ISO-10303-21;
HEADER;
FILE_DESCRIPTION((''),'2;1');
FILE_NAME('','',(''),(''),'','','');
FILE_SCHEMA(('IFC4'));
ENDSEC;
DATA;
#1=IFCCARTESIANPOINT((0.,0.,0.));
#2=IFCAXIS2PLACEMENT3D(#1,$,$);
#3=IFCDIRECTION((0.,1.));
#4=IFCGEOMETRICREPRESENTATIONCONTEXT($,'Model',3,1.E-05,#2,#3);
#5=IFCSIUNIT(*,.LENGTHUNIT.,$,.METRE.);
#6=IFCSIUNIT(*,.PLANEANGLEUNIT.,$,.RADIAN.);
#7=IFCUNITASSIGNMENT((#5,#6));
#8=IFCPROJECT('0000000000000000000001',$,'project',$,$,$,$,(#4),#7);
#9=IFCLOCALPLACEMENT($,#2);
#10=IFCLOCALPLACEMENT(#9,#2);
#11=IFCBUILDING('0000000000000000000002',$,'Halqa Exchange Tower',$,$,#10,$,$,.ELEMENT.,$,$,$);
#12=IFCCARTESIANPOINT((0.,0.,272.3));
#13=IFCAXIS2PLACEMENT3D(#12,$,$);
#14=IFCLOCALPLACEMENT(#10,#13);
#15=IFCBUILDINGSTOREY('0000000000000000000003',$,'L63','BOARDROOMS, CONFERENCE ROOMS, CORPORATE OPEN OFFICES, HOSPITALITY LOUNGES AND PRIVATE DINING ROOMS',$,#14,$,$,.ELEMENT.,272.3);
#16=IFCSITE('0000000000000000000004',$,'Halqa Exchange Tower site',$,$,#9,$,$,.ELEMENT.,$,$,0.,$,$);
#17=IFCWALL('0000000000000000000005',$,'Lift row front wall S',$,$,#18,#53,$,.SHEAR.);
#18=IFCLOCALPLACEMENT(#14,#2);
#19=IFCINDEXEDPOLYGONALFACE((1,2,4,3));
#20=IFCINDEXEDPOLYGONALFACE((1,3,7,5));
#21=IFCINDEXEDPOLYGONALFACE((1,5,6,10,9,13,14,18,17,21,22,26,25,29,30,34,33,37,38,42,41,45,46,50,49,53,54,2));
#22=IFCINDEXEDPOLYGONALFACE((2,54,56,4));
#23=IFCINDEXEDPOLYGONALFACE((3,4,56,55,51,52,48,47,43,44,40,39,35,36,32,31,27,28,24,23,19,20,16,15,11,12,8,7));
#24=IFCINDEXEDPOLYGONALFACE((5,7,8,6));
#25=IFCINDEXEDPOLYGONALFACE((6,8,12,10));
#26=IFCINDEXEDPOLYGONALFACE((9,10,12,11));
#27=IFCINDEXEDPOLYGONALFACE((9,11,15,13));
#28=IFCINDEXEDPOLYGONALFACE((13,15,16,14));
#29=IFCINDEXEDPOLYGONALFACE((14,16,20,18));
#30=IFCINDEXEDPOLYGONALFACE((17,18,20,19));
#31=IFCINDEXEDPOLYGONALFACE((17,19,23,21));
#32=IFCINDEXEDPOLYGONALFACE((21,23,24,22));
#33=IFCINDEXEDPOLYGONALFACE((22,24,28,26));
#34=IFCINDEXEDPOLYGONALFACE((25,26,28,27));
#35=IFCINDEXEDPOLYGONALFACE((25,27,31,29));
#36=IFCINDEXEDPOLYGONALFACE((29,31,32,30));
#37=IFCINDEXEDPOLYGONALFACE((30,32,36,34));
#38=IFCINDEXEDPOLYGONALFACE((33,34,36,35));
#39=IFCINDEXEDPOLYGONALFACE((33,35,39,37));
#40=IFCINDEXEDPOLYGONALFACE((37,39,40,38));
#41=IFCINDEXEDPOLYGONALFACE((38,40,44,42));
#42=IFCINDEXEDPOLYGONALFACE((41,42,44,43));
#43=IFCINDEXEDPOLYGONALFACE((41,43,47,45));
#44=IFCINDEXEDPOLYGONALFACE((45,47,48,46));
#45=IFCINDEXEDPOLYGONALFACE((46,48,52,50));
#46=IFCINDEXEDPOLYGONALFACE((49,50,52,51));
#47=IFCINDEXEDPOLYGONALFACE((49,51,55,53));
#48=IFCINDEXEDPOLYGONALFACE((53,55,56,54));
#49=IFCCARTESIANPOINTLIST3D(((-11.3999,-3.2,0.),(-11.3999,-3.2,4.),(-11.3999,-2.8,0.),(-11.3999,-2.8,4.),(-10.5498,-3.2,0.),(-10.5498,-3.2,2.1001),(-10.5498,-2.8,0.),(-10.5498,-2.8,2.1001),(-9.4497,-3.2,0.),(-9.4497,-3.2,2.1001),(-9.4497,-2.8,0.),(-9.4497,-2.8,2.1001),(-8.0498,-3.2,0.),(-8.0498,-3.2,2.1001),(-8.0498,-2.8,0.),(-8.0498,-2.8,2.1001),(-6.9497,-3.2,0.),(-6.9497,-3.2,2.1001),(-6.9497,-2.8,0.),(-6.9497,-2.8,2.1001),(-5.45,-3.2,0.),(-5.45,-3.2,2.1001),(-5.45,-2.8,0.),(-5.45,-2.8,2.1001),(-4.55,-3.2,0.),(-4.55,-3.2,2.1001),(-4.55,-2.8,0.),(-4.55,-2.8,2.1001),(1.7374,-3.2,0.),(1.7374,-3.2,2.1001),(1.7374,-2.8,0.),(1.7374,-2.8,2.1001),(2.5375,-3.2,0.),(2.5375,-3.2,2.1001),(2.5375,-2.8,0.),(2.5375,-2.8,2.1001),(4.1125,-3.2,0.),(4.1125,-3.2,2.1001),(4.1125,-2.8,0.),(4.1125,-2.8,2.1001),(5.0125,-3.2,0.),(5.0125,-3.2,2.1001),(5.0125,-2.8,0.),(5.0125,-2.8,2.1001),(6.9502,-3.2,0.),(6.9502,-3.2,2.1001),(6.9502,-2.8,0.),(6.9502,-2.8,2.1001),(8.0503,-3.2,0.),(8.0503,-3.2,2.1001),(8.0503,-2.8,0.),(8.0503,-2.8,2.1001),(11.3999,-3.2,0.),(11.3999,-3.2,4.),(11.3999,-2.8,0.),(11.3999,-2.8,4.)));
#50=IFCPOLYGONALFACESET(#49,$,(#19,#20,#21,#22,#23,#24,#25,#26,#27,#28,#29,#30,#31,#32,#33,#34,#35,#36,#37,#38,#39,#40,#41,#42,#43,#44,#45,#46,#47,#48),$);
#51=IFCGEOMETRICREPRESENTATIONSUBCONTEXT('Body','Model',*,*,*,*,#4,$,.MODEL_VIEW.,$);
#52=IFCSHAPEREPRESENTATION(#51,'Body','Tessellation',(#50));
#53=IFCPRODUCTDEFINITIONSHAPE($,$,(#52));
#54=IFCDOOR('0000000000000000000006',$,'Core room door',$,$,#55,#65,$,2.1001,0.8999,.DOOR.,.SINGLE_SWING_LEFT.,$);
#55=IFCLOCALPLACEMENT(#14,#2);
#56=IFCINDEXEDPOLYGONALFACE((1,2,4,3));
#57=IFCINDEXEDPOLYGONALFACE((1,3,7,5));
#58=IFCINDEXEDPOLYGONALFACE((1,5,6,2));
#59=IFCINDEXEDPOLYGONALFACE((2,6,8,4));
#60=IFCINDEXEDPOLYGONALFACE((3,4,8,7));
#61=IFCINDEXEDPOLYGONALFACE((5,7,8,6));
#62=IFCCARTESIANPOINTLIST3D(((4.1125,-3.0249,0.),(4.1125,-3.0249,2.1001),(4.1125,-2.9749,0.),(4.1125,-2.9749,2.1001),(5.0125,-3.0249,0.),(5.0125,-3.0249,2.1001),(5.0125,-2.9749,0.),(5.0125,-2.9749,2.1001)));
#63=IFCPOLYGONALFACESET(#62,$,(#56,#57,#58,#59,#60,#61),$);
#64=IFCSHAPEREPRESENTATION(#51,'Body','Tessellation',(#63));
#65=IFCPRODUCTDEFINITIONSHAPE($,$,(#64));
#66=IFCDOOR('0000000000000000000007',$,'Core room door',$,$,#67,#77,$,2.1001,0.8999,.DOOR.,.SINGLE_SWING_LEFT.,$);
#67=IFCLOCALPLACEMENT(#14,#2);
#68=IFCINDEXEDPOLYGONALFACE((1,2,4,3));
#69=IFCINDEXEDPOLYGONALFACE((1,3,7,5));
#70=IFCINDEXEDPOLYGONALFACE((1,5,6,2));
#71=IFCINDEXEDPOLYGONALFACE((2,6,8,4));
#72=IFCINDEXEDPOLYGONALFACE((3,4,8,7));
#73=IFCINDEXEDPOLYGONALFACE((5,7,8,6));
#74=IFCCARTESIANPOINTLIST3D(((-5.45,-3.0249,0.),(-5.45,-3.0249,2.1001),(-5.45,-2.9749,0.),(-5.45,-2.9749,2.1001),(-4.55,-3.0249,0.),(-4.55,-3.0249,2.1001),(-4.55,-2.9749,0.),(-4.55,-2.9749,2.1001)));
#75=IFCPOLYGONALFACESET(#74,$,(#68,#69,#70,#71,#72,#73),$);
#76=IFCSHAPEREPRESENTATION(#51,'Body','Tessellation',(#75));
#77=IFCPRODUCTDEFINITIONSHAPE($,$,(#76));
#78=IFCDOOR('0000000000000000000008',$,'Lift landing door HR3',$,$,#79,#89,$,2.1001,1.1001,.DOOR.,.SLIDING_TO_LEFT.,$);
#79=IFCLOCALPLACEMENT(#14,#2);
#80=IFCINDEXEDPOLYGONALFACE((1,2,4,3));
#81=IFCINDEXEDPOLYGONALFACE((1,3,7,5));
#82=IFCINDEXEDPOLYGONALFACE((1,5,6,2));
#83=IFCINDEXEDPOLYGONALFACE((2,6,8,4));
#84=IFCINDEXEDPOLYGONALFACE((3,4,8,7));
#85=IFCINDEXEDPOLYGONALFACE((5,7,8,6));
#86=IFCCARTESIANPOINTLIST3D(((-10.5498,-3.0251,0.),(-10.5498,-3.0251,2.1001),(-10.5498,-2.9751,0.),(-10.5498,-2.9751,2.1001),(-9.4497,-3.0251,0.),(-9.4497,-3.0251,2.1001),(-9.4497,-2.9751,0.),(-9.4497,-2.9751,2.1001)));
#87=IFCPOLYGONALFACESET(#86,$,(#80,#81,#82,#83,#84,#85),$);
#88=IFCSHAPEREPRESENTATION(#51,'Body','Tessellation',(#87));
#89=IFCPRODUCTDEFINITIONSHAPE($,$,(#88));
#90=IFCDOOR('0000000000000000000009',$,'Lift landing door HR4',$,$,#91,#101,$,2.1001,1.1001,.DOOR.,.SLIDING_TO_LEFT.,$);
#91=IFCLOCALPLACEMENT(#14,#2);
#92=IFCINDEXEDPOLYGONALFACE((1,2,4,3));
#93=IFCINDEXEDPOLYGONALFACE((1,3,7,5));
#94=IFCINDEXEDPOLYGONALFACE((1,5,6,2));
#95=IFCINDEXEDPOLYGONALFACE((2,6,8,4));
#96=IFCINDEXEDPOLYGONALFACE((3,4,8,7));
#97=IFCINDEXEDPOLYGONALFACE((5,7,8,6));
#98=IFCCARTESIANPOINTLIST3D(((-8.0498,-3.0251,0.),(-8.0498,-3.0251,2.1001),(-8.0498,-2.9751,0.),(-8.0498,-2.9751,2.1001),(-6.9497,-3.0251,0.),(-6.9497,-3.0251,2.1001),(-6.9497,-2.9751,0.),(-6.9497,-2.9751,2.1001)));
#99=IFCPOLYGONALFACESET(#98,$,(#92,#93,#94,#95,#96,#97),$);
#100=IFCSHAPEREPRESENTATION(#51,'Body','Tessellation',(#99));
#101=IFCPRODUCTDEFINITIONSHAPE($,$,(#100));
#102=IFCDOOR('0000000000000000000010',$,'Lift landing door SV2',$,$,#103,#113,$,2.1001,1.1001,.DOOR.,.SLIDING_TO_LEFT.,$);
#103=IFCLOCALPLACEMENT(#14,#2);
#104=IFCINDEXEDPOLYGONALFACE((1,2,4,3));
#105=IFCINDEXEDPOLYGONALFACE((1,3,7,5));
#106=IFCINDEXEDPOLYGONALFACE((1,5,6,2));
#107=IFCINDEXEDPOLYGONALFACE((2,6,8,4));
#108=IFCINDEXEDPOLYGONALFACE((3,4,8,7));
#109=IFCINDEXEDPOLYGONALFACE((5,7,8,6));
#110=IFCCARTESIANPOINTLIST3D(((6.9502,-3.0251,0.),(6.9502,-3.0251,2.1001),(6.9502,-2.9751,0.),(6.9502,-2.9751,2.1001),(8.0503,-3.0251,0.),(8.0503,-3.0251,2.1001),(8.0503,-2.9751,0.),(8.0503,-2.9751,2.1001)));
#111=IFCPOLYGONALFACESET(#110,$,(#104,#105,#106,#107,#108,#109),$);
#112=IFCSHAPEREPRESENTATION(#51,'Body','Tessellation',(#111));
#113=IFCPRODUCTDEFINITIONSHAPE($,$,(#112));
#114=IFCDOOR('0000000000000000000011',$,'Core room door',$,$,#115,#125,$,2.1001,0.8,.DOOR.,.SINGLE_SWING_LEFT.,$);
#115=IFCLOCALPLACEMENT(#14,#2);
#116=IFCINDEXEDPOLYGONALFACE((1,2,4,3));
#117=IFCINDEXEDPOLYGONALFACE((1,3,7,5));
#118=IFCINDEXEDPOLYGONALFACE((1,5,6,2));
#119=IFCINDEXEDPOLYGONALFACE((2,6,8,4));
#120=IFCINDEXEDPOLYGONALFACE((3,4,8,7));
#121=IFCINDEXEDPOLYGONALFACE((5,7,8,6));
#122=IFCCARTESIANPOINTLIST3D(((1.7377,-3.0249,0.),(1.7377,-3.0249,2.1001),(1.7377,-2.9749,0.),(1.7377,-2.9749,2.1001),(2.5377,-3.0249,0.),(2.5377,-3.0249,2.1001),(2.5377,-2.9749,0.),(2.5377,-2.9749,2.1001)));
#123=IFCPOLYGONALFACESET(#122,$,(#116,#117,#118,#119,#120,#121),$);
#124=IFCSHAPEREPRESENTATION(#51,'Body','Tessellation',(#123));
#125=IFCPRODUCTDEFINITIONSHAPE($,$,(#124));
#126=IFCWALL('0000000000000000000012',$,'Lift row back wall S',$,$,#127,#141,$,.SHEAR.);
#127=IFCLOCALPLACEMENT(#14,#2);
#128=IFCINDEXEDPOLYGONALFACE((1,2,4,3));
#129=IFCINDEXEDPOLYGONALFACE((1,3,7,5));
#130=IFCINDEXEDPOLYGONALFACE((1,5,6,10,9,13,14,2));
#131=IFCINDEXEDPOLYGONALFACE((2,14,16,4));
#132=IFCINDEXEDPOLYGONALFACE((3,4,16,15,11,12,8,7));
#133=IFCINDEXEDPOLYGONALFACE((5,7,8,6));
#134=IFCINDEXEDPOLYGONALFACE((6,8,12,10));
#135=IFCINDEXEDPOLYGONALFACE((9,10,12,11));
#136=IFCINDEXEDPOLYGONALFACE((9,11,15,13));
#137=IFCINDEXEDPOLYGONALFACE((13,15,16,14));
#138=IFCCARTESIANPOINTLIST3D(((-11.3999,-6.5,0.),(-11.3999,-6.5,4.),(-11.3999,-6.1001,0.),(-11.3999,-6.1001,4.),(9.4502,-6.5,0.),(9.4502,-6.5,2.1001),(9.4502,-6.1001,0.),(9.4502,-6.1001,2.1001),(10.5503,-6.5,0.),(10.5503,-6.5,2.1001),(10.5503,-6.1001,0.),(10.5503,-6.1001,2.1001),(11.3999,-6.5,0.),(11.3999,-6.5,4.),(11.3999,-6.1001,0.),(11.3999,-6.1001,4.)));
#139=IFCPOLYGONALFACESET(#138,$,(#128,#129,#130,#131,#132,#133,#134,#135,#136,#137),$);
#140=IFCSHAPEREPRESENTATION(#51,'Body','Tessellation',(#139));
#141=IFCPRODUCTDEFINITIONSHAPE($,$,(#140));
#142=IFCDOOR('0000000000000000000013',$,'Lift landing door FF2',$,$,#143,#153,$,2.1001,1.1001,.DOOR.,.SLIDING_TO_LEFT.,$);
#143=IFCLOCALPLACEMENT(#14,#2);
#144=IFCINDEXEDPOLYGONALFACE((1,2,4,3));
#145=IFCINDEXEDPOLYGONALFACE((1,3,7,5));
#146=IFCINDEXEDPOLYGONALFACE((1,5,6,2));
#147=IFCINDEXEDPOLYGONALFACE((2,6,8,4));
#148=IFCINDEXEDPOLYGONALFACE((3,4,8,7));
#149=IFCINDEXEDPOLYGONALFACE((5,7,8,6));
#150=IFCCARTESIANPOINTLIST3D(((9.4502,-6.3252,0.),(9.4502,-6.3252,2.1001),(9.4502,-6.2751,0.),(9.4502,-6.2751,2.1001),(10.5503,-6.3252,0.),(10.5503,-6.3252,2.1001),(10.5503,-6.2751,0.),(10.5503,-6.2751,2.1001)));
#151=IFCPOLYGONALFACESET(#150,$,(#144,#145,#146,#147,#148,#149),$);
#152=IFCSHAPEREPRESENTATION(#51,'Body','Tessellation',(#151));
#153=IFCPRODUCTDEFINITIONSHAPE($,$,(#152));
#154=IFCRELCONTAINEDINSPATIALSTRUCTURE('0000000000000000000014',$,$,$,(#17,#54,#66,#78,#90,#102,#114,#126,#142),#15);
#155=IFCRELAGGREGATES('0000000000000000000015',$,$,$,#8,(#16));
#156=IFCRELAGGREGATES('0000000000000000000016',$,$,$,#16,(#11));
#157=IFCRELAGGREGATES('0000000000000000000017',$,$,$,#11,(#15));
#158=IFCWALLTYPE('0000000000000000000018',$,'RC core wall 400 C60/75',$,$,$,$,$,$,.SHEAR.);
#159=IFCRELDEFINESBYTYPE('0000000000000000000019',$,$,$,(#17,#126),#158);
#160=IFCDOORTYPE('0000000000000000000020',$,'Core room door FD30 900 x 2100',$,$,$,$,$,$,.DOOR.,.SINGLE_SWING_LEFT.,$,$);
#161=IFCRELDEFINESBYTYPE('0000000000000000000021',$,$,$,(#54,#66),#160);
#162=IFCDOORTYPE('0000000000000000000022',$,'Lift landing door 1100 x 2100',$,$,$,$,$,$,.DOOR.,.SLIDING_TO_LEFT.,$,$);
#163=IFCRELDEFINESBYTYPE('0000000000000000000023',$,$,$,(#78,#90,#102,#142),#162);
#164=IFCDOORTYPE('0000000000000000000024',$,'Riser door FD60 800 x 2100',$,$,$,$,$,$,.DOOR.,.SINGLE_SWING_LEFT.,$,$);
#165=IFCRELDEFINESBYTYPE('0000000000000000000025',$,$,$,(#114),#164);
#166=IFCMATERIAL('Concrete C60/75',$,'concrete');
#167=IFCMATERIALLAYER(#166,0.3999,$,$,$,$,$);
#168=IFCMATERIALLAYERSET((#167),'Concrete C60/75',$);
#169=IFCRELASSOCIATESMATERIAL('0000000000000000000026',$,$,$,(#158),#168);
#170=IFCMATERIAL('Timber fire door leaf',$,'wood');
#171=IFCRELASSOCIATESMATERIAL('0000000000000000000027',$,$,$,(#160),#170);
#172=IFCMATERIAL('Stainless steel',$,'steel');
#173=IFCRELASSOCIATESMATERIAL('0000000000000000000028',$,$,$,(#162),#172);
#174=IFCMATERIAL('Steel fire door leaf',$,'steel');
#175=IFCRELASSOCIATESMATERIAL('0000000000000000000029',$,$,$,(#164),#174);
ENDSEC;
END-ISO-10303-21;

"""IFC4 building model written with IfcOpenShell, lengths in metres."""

from ifc_helpers import new_model, si_unit, direction, frame, frame_2d, origin, place, context, subcontext, project, spatial, rectangle, extrude, material, layer, layer_set, type_object, element, fill, save


model = new_model("IFC4")

# Units and contexts
model_context = context("Model", 3, precision=1e-05, world=origin(), true_north=direction((0.0, 1.0)))
body_context = subcontext(model_context, "Body", "Model", "MODEL_VIEW")
ifc_project = project(units=[si_unit("LENGTHUNIT", "METRE"), si_unit("PLANEANGLEUNIT", "RADIAN")], contexts=[model_context])

# Site, building, storey
site_placement = place(None, origin())
site = spatial("IfcSite", under=ifc_project, at=site_placement, Name="Halqa Exchange Tower site", CompositionType="ELEMENT", RefElevation=0.0)
building_placement = place(site_placement, origin())
building = spatial("IfcBuilding", under=site, at=building_placement, Name="Halqa Exchange Tower", CompositionType="ELEMENT")
storey_placement = place(building_placement, frame((0.0, 0.0, 272.3)))
storey = spatial("IfcBuildingStorey", under=building, at=storey_placement, Name="L63", Description="BOARDROOMS, CONFERENCE ROOMS, CORPORATE OPEN OFFICES, HOSPITALITY LOUNGES AND PRIVATE DINING ROOMS", CompositionType="ELEMENT", Elevation=272.3)

# Shared definitions
ifc_material_1 = material(Name="Concrete C60/75", Category="concrete")

# Wall, openings, doors
ifc_layer_1 = layer(ifc_material_1, 0.3999)
ifc_layer_set_1 = layer_set([ifc_layer_1], Name="Concrete C60/75")
wall_type_1 = type_object("IfcWallType", Name="RC core wall 400 C60/75", PredefinedType="SHEAR", material=ifc_layer_set_1)
wall_1_placement = place(storey_placement, frame((-11.3999, -3.0, 0.0), z_axis=(0.0, 0.0, 1.0), x_axis=(1.0, 0.0, 0.0)))
wall_1 = element("IfcWall", 1, at=wall_1_placement, inside=storey, type_object=wall_type_1, Name="Lift row front wall S", PredefinedType="SHEAR", context=body_context, shape_type="SweptSolid", body=[
    extrude(rectangle(XDim=22.7998, YDim=0.3999, at=frame_2d((11.3999, 0.0))), origin(), (0.0, 0.0, 1.0), 4.0),
])
opening_1_placement = place(wall_1_placement, frame((0.8501, 0.0, 0.0)))
opening_1 = element("IfcOpeningElement", 2, at=opening_1_placement, cuts=wall_1, PredefinedType="OPENING", context=body_context, shape_type="SweptSolid", body=[
    extrude(rectangle(XDim=1.1001, YDim=2.1001, at=frame_2d((0.55, 1.05))), frame((0.0, 0.2119, 0.0), z_axis=(0.0, -1.0, 0.0), x_axis=(1.0, 0.0, 0.0)), (0.0, 0.0, 1.0), 0.4238),
])
opening_2_placement = place(wall_1_placement, frame((3.3501, 0.0, 0.0)))
opening_2 = element("IfcOpeningElement", 3, at=opening_2_placement, cuts=wall_1, PredefinedType="OPENING", context=body_context, shape_type="SweptSolid", body=[
    extrude(rectangle(XDim=1.1001, YDim=2.1001, at=frame_2d((0.55, 1.05))), frame((0.0, 0.2119, 0.0), z_axis=(0.0, -1.0, 0.0), x_axis=(1.0, 0.0, 0.0)), (0.0, 0.0, 1.0), 0.4238),
])
opening_3_placement = place(wall_1_placement, frame((18.3501, 0.0, 0.0)))
opening_3 = element("IfcOpeningElement", 4, at=opening_3_placement, cuts=wall_1, PredefinedType="OPENING", context=body_context, shape_type="SweptSolid", body=[
    extrude(rectangle(XDim=1.1001, YDim=2.1001, at=frame_2d((0.55, 1.05))), frame((0.0, 0.2119, 0.0), z_axis=(0.0, -1.0, 0.0), x_axis=(1.0, 0.0, 0.0)), (0.0, 0.0, 1.0), 0.4238),
])
opening_4_placement = place(wall_1_placement, frame((13.1375, 0.0, 0.0)))
opening_4 = element("IfcOpeningElement", 5, at=opening_4_placement, cuts=wall_1, PredefinedType="OPENING", context=body_context, shape_type="SweptSolid", body=[
    extrude(rectangle(XDim=0.8, YDim=2.1001, at=frame_2d((0.3999, 1.05))), frame((0.0, 0.2119, 0.0), z_axis=(0.0, -1.0, 0.0), x_axis=(1.0, 0.0, 0.0)), (0.0, 0.0, 1.0), 0.4238),
])
opening_5_placement = place(wall_1_placement, frame((15.5125, 0.0, 0.0)))
opening_5 = element("IfcOpeningElement", 6, at=opening_5_placement, cuts=wall_1, PredefinedType="OPENING", context=body_context, shape_type="SweptSolid", body=[
    extrude(rectangle(XDim=0.8999, YDim=2.1001, at=frame_2d((0.45, 1.05))), frame((0.0, 0.2119, 0.0), z_axis=(0.0, -1.0, 0.0), x_axis=(1.0, 0.0, 0.0)), (0.0, 0.0, 1.0), 0.4238),
])
opening_6_placement = place(wall_1_placement, frame((5.95, 0.0, 0.0)))
opening_6 = element("IfcOpeningElement", 7, at=opening_6_placement, cuts=wall_1, PredefinedType="OPENING", context=body_context, shape_type="SweptSolid", body=[
    extrude(rectangle(XDim=0.8999, YDim=2.1001, at=frame_2d((0.45, 1.05))), frame((0.0, 0.2119, 0.0), z_axis=(0.0, -1.0, 0.0), x_axis=(1.0, 0.0, 0.0)), (0.0, 0.0, 1.0), 0.4238),
])
ifc_material_2 = material(Name="Timber fire door leaf", Category="wood")
door_type_1 = type_object("IfcDoorType", Name="Core room door FD30 900 x 2100", OperationType="SINGLE_SWING_LEFT", PredefinedType="DOOR", material=ifc_material_2)
door_1_placement = place(opening_5_placement, frame((0.8999, 0.0, 0.0), z_axis=(0.0, 0.0, 1.0), x_axis=(-1.0, 0.0, 0.0)))
door_1 = element("IfcDoor", 8, at=door_1_placement, inside=storey, type_object=door_type_1, Name="Core room door", OperationType="SINGLE_SWING_LEFT", OverallHeight=2.1001, OverallWidth=0.8999, PredefinedType="DOOR", context=body_context, shape_type="SweptSolid", body=[
    extrude(rectangle(XDim=0.8999, YDim=2.1001, at=frame_2d((0.45, 1.05))), frame((0.0, 0.0249, 0.0), z_axis=(0.0, -1.0, 0.0), x_axis=(1.0, 0.0, 0.0)), (0.0, 0.0, 1.0), 0.05),
])
fill(opening_5, door_1)
door_2_placement = place(opening_6_placement, frame((0.8999, 0.0, 0.0), z_axis=(0.0, 0.0, 1.0), x_axis=(-1.0, 0.0, 0.0)))
door_2 = element("IfcDoor", 9, at=door_2_placement, inside=storey, type_object=door_type_1, Name="Core room door", OperationType="SINGLE_SWING_LEFT", OverallHeight=2.1001, OverallWidth=0.8999, PredefinedType="DOOR", context=body_context, shape_type="SweptSolid", body=[
    extrude(rectangle(XDim=0.8999, YDim=2.1001, at=frame_2d((0.45, 1.05))), frame((0.0, 0.0249, 0.0), z_axis=(0.0, -1.0, 0.0), x_axis=(1.0, 0.0, 0.0)), (0.0, 0.0, 1.0), 0.05),
])
fill(opening_6, door_2)
ifc_material_3 = material(Name="Stainless steel", Category="steel")
door_type_2 = type_object("IfcDoorType", Name="Lift landing door 1100 x 2100", OperationType="SLIDING_TO_LEFT", PredefinedType="DOOR", material=ifc_material_3)
door_3_placement = place(opening_1_placement, origin())
door_3 = element("IfcDoor", 10, at=door_3_placement, inside=storey, type_object=door_type_2, Name="Lift landing door HR3", OperationType="SLIDING_TO_LEFT", OverallHeight=2.1001, OverallWidth=1.1001, PredefinedType="DOOR", context=body_context, shape_type="SweptSolid", body=[
    extrude(rectangle(XDim=1.1001, YDim=2.1001, at=frame_2d((0.55, 1.05))), frame((0.0, 0.0249, 0.0), z_axis=(0.0, -1.0, 0.0), x_axis=(1.0, 0.0, 0.0)), (0.0, 0.0, 1.0), 0.05),
])
fill(opening_1, door_3)
door_4_placement = place(opening_2_placement, origin())
door_4 = element("IfcDoor", 11, at=door_4_placement, inside=storey, type_object=door_type_2, Name="Lift landing door HR4", OperationType="SLIDING_TO_LEFT", OverallHeight=2.1001, OverallWidth=1.1001, PredefinedType="DOOR", context=body_context, shape_type="SweptSolid", body=[
    extrude(rectangle(XDim=1.1001, YDim=2.1001, at=frame_2d((0.55, 1.05))), frame((0.0, 0.0249, 0.0), z_axis=(0.0, -1.0, 0.0), x_axis=(1.0, 0.0, 0.0)), (0.0, 0.0, 1.0), 0.05),
])
fill(opening_2, door_4)
door_5_placement = place(opening_3_placement, origin())
door_5 = element("IfcDoor", 12, at=door_5_placement, inside=storey, type_object=door_type_2, Name="Lift landing door SV2", OperationType="SLIDING_TO_LEFT", OverallHeight=2.1001, OverallWidth=1.1001, PredefinedType="DOOR", context=body_context, shape_type="SweptSolid", body=[
    extrude(rectangle(XDim=1.1001, YDim=2.1001, at=frame_2d((0.55, 1.05))), frame((0.0, 0.0249, 0.0), z_axis=(0.0, -1.0, 0.0), x_axis=(1.0, 0.0, 0.0)), (0.0, 0.0, 1.0), 0.05),
])
fill(opening_3, door_5)
ifc_material_4 = material(Name="Steel fire door leaf", Category="steel")
door_type_3 = type_object("IfcDoorType", Name="Riser door FD60 800 x 2100", OperationType="SINGLE_SWING_LEFT", PredefinedType="DOOR", material=ifc_material_4)
door_6_placement = place(opening_4_placement, frame((0.8, 0.0, 0.0), z_axis=(0.0, 0.0, 1.0), x_axis=(-1.0, 0.0, 0.0)))
door_6 = element("IfcDoor", 13, at=door_6_placement, inside=storey, type_object=door_type_3, Name="Core room door", OperationType="SINGLE_SWING_LEFT", OverallHeight=2.1001, OverallWidth=0.8, PredefinedType="DOOR", context=body_context, shape_type="SweptSolid", body=[
    extrude(rectangle(XDim=0.8, YDim=2.1001, at=frame_2d((0.3999, 1.05))), frame((0.0, 0.0249, 0.0), z_axis=(0.0, -1.0, 0.0), x_axis=(1.0, 0.0, 0.0)), (0.0, 0.0, 1.0), 0.05),
])
fill(opening_4, door_6)

# Wall, opening, door
wall_2_placement = place(storey_placement, frame((-11.3999, -6.3, 0.0), z_axis=(0.0, 0.0, 1.0), x_axis=(1.0, 0.0, 0.0)))
wall_2 = element("IfcWall", 14, at=wall_2_placement, inside=storey, type_object=wall_type_1, Name="Lift row back wall S", PredefinedType="SHEAR", context=body_context, shape_type="SweptSolid", body=[
    extrude(rectangle(XDim=22.7998, YDim=0.3999, at=frame_2d((11.3999, 0.0))), origin(), (0.0, 0.0, 1.0), 4.0),
])
opening_7_placement = place(wall_2_placement, frame((20.8501, 0.0, 0.0)))
opening_7 = element("IfcOpeningElement", 15, at=opening_7_placement, cuts=wall_2, PredefinedType="OPENING", context=body_context, shape_type="SweptSolid", body=[
    extrude(rectangle(XDim=1.1001, YDim=2.1001, at=frame_2d((0.55, 1.05))), frame((0.0, 0.2119, 0.0), z_axis=(0.0, -1.0, 0.0), x_axis=(1.0, 0.0, 0.0)), (0.0, 0.0, 1.0), 0.4238),
])
door_7_placement = place(opening_7_placement, origin())
door_7 = element("IfcDoor", 16, at=door_7_placement, inside=storey, type_object=door_type_2, Name="Lift landing door FF2", OperationType="SLIDING_TO_LEFT", OverallHeight=2.1001, OverallWidth=1.1001, PredefinedType="DOOR", context=body_context, shape_type="SweptSolid", body=[
    extrude(rectangle(XDim=1.1001, YDim=2.1001, at=frame_2d((0.55, 1.05))), frame((0.0, 0.0249, 0.0), z_axis=(0.0, -1.0, 0.0), x_axis=(1.0, 0.0, 0.0)), (0.0, 0.0, 1.0), 0.05),
])
fill(opening_7, door_7)

save(model, "model.ifc")
